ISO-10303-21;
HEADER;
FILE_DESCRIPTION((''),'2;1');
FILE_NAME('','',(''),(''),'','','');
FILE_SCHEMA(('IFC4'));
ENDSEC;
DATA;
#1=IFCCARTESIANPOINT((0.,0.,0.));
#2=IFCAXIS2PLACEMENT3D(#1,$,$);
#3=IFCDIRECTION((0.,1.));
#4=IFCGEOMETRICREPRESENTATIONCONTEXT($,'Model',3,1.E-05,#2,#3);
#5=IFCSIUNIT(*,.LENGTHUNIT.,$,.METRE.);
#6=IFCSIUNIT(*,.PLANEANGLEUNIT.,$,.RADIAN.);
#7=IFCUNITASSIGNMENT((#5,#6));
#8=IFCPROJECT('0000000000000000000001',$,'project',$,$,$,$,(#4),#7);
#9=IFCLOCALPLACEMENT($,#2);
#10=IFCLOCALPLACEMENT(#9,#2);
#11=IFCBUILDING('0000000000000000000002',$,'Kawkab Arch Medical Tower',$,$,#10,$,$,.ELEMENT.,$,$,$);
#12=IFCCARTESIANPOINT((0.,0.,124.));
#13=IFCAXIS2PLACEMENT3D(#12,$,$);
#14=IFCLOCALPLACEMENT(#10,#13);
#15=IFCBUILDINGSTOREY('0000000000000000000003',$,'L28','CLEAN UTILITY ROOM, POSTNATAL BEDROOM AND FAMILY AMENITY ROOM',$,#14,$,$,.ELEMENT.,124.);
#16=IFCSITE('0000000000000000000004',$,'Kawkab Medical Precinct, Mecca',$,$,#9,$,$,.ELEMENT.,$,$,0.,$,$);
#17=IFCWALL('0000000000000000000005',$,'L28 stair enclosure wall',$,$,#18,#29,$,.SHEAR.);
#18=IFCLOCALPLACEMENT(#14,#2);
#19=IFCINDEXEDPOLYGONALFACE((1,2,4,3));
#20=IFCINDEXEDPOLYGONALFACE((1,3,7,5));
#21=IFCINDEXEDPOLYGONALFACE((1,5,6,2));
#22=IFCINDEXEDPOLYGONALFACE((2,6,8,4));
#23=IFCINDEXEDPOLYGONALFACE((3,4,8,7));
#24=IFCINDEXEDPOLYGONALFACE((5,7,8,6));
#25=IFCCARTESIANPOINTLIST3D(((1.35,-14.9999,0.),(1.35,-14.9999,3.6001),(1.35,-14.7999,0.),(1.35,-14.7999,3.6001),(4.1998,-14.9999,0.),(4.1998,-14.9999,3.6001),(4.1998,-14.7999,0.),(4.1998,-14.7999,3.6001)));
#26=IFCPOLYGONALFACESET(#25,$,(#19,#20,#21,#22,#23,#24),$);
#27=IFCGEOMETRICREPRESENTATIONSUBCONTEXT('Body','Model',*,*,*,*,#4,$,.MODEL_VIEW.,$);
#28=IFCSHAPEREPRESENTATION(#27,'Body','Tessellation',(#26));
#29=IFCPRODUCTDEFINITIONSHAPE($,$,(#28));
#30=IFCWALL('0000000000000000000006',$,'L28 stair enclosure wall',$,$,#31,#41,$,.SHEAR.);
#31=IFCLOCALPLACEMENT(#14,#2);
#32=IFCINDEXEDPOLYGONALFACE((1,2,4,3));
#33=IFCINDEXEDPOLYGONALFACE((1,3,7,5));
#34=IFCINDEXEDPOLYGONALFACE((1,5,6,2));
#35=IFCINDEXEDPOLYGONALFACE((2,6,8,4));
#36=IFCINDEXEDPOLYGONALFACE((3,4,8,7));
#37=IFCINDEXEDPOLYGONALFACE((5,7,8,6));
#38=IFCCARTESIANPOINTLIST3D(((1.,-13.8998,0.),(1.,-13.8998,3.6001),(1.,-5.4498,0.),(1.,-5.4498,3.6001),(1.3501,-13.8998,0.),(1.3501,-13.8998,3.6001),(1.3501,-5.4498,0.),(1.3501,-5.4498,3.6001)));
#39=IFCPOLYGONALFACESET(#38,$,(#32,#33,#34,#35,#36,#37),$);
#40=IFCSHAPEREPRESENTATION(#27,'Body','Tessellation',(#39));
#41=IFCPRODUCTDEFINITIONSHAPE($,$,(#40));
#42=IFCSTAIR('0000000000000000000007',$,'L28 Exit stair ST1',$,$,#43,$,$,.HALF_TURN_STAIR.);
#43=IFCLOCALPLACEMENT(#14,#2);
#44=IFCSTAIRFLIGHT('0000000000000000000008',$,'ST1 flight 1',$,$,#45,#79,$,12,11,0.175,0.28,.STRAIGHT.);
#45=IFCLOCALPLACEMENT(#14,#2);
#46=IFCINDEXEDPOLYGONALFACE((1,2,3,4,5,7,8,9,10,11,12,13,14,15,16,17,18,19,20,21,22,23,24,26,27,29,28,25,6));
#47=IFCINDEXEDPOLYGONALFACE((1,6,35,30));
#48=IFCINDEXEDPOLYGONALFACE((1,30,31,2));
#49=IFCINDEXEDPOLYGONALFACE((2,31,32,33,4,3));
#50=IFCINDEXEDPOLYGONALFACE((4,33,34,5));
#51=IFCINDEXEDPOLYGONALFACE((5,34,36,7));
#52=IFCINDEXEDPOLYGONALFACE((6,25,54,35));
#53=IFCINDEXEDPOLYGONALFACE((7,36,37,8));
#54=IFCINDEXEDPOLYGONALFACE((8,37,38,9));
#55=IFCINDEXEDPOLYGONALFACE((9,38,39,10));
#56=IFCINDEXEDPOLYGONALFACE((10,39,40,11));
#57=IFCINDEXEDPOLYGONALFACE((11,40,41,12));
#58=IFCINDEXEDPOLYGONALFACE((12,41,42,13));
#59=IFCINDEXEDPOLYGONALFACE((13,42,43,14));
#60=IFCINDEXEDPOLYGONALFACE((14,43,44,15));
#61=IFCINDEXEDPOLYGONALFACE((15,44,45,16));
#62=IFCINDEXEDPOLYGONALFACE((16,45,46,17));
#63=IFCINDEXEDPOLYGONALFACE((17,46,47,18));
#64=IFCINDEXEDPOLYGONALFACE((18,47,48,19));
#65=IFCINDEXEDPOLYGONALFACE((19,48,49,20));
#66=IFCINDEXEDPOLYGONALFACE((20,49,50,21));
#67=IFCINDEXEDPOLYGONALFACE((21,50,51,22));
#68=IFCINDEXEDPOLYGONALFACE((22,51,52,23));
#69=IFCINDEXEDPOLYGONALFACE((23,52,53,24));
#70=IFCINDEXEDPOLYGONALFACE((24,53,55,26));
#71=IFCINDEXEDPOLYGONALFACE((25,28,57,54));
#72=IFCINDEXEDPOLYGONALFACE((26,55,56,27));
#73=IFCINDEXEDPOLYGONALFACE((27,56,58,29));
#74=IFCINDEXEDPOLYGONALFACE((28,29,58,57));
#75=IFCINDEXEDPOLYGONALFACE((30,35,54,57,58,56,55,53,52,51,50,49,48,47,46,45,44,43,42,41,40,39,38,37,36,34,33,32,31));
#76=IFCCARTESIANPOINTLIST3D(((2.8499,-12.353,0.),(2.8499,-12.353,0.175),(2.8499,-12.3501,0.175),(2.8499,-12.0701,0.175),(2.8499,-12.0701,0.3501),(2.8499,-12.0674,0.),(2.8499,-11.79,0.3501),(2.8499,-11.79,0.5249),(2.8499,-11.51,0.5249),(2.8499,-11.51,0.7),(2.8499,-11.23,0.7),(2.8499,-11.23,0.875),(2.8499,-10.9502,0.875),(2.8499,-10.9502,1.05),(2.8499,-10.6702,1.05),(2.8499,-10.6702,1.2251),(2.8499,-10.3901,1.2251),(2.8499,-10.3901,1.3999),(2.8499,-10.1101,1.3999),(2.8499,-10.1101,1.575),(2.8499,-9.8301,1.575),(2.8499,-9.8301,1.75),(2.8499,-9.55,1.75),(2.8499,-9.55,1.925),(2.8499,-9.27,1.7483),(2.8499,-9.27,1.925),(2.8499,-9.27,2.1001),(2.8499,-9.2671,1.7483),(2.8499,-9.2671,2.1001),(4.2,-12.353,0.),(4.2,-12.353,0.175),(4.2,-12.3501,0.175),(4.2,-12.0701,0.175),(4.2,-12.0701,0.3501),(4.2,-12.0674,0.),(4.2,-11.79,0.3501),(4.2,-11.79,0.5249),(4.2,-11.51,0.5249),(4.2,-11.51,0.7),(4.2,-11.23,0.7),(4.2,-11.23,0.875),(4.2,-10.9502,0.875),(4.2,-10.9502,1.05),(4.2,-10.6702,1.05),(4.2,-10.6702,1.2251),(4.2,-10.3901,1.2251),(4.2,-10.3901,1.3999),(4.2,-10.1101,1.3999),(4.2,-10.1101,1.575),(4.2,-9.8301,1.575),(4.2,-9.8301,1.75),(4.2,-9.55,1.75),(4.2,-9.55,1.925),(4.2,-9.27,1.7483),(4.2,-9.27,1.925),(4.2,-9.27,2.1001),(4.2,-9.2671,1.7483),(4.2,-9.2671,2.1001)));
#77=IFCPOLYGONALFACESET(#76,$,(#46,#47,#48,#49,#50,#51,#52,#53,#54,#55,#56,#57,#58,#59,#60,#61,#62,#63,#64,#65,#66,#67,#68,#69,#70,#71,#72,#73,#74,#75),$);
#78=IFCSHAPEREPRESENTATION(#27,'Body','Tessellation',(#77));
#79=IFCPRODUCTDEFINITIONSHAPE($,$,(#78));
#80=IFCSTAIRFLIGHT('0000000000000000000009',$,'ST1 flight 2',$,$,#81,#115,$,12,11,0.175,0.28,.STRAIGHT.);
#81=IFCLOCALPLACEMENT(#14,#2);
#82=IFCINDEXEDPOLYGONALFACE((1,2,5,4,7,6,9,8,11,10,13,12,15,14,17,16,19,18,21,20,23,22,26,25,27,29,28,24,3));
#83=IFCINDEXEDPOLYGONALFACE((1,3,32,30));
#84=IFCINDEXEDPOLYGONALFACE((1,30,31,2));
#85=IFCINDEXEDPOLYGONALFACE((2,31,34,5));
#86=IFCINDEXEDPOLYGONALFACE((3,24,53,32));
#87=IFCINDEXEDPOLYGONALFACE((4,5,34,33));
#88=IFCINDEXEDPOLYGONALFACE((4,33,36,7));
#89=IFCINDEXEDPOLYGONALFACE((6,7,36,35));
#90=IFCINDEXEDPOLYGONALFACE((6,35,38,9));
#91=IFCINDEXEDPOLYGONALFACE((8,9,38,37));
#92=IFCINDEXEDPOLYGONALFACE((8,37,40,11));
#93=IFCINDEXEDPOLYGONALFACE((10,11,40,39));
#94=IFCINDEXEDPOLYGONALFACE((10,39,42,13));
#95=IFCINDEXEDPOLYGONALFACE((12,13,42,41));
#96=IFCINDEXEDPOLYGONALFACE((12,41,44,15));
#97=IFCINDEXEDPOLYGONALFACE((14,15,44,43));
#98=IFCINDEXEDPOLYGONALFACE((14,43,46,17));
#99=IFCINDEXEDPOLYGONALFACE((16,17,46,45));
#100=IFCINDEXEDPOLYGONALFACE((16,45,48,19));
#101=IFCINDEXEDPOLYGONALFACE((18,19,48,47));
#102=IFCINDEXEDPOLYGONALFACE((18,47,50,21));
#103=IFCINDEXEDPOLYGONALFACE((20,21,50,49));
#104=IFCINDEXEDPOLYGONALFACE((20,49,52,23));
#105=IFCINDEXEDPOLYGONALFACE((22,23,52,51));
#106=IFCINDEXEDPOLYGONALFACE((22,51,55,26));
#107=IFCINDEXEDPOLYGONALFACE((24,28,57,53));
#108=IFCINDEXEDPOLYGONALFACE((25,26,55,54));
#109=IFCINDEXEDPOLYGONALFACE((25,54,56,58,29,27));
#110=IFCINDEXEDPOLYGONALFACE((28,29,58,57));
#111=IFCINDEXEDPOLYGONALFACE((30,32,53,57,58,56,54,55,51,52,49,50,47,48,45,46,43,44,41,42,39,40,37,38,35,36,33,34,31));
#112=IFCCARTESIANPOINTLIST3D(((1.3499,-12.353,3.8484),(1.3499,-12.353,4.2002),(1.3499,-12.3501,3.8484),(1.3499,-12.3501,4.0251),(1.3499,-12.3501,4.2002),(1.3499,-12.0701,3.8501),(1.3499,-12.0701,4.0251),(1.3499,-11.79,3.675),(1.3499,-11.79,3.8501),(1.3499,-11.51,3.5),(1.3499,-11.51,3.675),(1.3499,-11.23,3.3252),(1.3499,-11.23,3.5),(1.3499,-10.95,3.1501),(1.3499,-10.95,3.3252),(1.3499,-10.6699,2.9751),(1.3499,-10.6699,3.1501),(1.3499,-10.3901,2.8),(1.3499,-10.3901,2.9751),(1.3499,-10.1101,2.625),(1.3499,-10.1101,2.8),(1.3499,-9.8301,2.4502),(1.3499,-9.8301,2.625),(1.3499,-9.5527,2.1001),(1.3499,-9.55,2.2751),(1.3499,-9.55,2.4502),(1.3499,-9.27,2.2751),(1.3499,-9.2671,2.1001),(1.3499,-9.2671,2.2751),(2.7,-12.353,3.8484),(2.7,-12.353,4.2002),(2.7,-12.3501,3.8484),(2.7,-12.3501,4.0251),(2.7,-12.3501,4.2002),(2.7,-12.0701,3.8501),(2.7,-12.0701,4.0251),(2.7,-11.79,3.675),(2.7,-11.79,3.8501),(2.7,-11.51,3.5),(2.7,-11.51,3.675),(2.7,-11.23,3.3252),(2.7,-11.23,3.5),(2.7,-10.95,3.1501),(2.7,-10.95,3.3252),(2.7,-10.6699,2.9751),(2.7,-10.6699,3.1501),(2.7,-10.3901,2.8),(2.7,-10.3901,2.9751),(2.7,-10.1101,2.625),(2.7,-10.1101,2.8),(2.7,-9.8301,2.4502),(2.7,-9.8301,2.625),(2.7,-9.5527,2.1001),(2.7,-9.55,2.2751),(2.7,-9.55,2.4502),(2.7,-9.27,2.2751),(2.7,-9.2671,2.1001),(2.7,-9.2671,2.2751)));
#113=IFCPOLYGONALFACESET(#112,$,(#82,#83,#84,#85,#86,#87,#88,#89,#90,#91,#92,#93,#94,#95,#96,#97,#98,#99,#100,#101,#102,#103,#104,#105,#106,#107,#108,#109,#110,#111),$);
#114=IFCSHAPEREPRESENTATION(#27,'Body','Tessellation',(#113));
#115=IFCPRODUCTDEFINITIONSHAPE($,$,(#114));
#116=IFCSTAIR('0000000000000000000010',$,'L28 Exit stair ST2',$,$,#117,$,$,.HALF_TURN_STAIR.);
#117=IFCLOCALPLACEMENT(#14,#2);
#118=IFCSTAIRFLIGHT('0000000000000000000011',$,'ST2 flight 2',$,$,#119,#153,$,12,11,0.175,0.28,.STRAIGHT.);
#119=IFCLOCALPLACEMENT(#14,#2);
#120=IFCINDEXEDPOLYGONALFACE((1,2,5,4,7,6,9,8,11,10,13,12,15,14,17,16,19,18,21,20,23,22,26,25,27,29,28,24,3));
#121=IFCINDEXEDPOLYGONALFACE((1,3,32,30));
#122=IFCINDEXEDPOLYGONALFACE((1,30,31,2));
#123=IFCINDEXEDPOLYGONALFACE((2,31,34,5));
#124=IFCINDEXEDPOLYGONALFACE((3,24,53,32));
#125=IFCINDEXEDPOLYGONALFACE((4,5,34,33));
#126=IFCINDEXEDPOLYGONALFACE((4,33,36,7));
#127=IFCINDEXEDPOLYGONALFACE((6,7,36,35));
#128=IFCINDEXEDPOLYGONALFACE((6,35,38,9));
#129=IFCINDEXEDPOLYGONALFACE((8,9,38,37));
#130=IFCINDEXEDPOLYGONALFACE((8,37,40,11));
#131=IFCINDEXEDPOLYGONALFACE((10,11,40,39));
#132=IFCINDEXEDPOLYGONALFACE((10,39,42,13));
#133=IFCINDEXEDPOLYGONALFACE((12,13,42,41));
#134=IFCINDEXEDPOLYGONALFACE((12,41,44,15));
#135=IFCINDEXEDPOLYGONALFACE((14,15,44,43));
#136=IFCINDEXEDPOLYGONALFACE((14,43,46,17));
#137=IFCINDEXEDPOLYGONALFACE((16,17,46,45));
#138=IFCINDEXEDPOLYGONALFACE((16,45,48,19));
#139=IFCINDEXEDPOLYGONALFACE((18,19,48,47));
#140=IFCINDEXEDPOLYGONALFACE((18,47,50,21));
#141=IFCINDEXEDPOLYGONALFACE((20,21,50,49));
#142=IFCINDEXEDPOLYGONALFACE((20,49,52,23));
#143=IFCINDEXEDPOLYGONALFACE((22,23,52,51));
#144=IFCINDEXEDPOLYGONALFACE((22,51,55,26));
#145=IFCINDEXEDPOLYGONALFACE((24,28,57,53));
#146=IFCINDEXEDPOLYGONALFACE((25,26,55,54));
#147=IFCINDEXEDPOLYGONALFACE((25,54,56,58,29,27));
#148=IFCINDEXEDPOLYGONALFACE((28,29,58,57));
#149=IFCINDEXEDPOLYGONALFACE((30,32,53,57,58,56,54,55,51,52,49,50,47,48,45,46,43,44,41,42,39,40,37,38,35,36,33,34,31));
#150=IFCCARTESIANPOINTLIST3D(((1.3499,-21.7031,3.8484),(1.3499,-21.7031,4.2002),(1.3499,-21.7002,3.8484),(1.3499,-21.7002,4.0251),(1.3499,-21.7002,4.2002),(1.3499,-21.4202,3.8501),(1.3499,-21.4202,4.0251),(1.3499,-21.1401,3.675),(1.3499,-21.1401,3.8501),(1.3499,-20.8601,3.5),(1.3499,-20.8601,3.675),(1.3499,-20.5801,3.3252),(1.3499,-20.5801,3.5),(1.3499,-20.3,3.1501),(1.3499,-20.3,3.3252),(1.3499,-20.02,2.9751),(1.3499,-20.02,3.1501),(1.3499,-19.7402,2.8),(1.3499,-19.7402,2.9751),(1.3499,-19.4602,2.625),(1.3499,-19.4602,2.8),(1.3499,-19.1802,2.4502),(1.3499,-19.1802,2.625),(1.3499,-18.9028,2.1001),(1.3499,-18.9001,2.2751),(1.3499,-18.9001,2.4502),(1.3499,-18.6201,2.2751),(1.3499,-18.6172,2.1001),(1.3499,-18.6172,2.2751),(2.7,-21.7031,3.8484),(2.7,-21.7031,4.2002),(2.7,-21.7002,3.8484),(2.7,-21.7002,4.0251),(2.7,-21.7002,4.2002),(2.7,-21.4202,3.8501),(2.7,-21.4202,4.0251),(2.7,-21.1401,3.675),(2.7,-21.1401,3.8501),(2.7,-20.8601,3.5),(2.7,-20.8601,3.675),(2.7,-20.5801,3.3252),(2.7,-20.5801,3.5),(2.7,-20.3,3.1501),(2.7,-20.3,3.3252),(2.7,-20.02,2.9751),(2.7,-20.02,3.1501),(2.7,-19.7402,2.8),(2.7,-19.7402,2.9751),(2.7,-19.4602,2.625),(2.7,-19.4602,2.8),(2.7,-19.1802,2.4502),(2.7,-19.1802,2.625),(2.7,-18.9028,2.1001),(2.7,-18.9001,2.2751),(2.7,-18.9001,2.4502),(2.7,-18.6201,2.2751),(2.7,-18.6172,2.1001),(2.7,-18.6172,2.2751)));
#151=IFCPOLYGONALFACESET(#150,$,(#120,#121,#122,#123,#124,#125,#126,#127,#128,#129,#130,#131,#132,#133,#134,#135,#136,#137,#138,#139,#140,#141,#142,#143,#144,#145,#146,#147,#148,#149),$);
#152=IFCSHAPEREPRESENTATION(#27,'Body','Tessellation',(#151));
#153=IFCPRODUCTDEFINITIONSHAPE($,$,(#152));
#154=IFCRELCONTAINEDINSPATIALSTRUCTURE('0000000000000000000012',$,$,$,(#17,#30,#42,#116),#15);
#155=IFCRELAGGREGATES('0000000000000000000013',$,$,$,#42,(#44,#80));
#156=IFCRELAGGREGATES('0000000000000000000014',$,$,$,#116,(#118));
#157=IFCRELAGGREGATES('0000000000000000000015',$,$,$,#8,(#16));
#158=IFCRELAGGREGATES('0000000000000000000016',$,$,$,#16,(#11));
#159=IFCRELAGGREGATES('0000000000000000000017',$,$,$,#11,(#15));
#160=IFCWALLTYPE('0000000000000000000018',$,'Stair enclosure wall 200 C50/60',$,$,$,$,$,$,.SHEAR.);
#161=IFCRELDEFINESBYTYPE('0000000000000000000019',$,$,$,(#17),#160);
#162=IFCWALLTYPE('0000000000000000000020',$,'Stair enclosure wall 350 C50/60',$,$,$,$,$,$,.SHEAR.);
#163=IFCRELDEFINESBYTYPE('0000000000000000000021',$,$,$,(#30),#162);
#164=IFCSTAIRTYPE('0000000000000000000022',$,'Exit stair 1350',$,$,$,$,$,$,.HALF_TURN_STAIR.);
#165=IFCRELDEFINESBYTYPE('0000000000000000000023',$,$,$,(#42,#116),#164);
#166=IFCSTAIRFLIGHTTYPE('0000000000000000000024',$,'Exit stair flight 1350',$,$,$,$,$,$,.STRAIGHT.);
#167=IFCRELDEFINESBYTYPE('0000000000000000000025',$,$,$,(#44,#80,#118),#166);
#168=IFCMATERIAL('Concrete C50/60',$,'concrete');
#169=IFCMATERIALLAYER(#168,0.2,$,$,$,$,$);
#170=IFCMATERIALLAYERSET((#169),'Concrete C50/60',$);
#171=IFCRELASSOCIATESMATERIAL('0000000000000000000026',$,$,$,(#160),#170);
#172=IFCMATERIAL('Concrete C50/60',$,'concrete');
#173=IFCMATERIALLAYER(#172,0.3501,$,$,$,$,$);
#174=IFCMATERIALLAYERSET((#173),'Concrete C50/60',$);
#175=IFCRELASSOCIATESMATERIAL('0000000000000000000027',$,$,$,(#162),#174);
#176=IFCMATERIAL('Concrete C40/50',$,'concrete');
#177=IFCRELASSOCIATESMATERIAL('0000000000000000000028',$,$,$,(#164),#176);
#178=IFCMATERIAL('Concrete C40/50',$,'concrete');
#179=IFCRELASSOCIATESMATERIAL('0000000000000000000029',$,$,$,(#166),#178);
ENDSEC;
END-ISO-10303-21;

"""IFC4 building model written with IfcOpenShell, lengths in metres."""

from ifc_helpers import new_model, si_unit, direction, frame, frame_2d, origin, place, context, subcontext, project, spatial, polyline, rectangle, outline, extrude, material, layer, layer_set, type_object, element, aggregate, save


model = new_model("IFC4")

# Units and contexts
model_context = context("Model", 3, precision=1e-05, world=origin(), true_north=direction((0.0, 1.0)))
body_context = subcontext(model_context, "Body", "Model", "MODEL_VIEW")
ifc_project = project(units=[si_unit("LENGTHUNIT", "METRE"), si_unit("PLANEANGLEUNIT", "RADIAN")], contexts=[model_context])

# Site, building, storey
site_placement = place(None, origin())
site = spatial("IfcSite", under=ifc_project, at=site_placement, Name="Kawkab Medical Precinct, Mecca", CompositionType="ELEMENT", RefElevation=0.0)
building_placement = place(site_placement, origin())
building = spatial("IfcBuilding", under=site, at=building_placement, Name="Kawkab Arch Medical Tower", CompositionType="ELEMENT")
storey_placement = place(building_placement, frame((0.0, 0.0, 124.0)))
storey = spatial("IfcBuildingStorey", under=building, at=storey_placement, Name="L28", Description="CLEAN UTILITY ROOM, POSTNATAL BEDROOM AND FAMILY AMENITY ROOM", CompositionType="ELEMENT", Elevation=124.0)

# Shared definitions
placement = place(storey_placement, origin())

# Walls
ifc_material_1 = material(Name="Concrete C50/60", Category="concrete")
ifc_layer_1 = layer(ifc_material_1, 0.2)
ifc_layer_set_1 = layer_set([ifc_layer_1], Name="Concrete C50/60")
wall_type_1 = type_object("IfcWallType", Name="Stair enclosure wall 200 C50/60", PredefinedType="SHEAR", material=ifc_layer_set_1)
for number, where, z_axis, x_axis, name in (
    (1, (1.3501, -14.8999, 0.0), (0.0, 0.0, 1.0), (1.0, 0.0, 0.0), "L28 stair enclosure wall"),
):
    element("IfcWall", number, at=place(storey_placement, frame(where, z_axis=z_axis, x_axis=x_axis)), inside=storey, type_object=wall_type_1, Name=name, PredefinedType="SHEAR", context=body_context, shape_type="SweptSolid", body=[
        extrude(rectangle(XDim=2.8499, YDim=0.2, at=frame_2d((1.4248, 0.0))), origin(), (0.0, 0.0, 1.0), 3.6001),
    ])
ifc_material_2 = material(Name="Concrete C50/60", Category="concrete")
ifc_layer_2 = layer(ifc_material_2, 0.3501)
ifc_layer_set_2 = layer_set([ifc_layer_2], Name="Concrete C50/60")
wall_type_2 = type_object("IfcWallType", Name="Stair enclosure wall 350 C50/60", PredefinedType="SHEAR", material=ifc_layer_set_2)
wall_1_placement = place(storey_placement, frame((1.175, -13.8999, 0.0), z_axis=(0.0, 0.0, 1.0), x_axis=(0.0, 1.0, 0.0)))
element("IfcWall", 2, at=wall_1_placement, inside=storey, type_object=wall_type_2, Name="L28 stair enclosure wall", PredefinedType="SHEAR", context=body_context, shape_type="SweptSolid", body=[
    extrude(rectangle(XDim=8.45, YDim=0.3501, at=frame_2d((4.2251, 0.0))), origin(), (0.0, 0.0, 1.0), 3.6001),
])

# Stair, stair flights
ifc_material_3 = material(Name="Concrete C40/50", Category="concrete")
stair_type = type_object("IfcStairType", Name="Exit stair 1350", PredefinedType="HALF_TURN_STAIR", material=ifc_material_3)
stair_1 = element("IfcStair", 3, at=placement, inside=storey, type_object=stair_type, Name="L28 Exit stair ST1", PredefinedType="HALF_TURN_STAIR")
ifc_material_4 = material(Name="Concrete C40/50", Category="concrete")
stair_flight_type = type_object("IfcStairFlightType", Name="Exit stair flight 1350", PredefinedType="STRAIGHT", material=ifc_material_4)
stair_flight_1_placement = place(storey_placement, frame((3.5249, -12.3501, 0.0), z_axis=(0.0, 0.0, 1.0), x_axis=(0.0, 1.0, 0.0)))
stair_flight_1 = element("IfcStairFlight", 4, at=stair_flight_1_placement, type_object=stair_flight_type, Name="ST1 flight 1", NumberOfRisers=12, NumberOfTreads=11, PredefinedType="STRAIGHT", RiserHeight=0.175, TreadLength=0.28, context=body_context, shape_type="SweptSolid", body=[
    extrude(outline(polyline([(-0.0029, 0.0), (-0.0029, 0.175), (0.0, 0.175), (0.28, 0.175), (0.28, 0.3501), (0.5601, 0.3501), (0.5601, 0.5249), (0.8401, 0.5249), (0.8401, 0.7), (1.1201, 0.7), (1.1201, 0.875), (1.3999, 0.875), (1.3999, 1.05), (1.6799, 1.05), (1.6799, 1.2251), (1.96, 1.2251), (1.96, 1.3999), (2.24, 1.3999), (2.24, 1.575), (2.52, 1.575), (2.52, 1.75), (2.8, 1.75), (2.8, 1.925), (3.0801, 1.925), (3.0801, 2.1001), (3.083, 2.1001), (3.083, 1.7483), (3.0801, 1.7483), (0.2827, 0.0), (-0.0029, 0.0)])), frame((0.0, 0.675, 0.0), z_axis=(0.0, -1.0, 0.0), x_axis=(1.0, 0.0, 0.0)), (0.0, 0.0, 1.0), 1.3501),
])
stair_flight_2_placement = place(storey_placement, frame((2.0249, -9.27, 2.1001), z_axis=(0.0, 0.0, 1.0), x_axis=(0.0, -1.0, 0.0)))
stair_flight_2 = element("IfcStairFlight", 5, at=stair_flight_2_placement, type_object=stair_flight_type, Name="ST1 flight 2", NumberOfRisers=12, NumberOfTreads=11, PredefinedType="STRAIGHT", RiserHeight=0.175, TreadLength=0.28, context=body_context, shape_type="SweptSolid", body=[
    extrude(outline(polyline([(-0.0029, 0.0), (-0.0029, 0.175), (0.0, 0.175), (0.28, 0.175), (0.28, 0.3501), (0.5601, 0.3501), (0.5601, 0.5249), (0.8401, 0.5249), (0.8401, 0.7), (1.1201, 0.7), (1.1201, 0.875), (1.3999, 0.875), (1.3999, 1.05), (1.6799, 1.05), (1.6799, 1.2251), (1.96, 1.2251), (1.96, 1.3999), (2.24, 1.3999), (2.24, 1.575), (2.52, 1.575), (2.52, 1.75), (2.8, 1.75), (2.8, 1.925), (3.0801, 1.925), (3.0801, 2.1001), (3.083, 2.1001), (3.083, 1.7483), (3.0801, 1.7483), (0.2827, 0.0), (-0.0029, 0.0)])), frame((0.0, 0.675, 0.0), z_axis=(0.0, -1.0, 0.0), x_axis=(1.0, 0.0, 0.0)), (0.0, 0.0, 1.0), 1.3501),
])
aggregate(stair_1, [stair_flight_1, stair_flight_2])

# Stair, stair flight
stair_2 = element("IfcStair", 6, at=placement, inside=storey, type_object=stair_type, Name="L28 Exit stair ST2", PredefinedType="HALF_TURN_STAIR")
stair_flight_3_placement = place(storey_placement, frame((2.0249, -18.6201, 2.1001), z_axis=(0.0, 0.0, 1.0), x_axis=(0.0, -1.0, 0.0)))
stair_flight_3 = element("IfcStairFlight", 7, at=stair_flight_3_placement, type_object=stair_flight_type, Name="ST2 flight 2", NumberOfRisers=12, NumberOfTreads=11, PredefinedType="STRAIGHT", RiserHeight=0.175, TreadLength=0.28, context=body_context, shape_type="SweptSolid", body=[
    extrude(outline(polyline([(-0.0029, 0.0), (-0.0029, 0.175), (0.0, 0.175), (0.28, 0.175), (0.28, 0.3501), (0.5601, 0.3501), (0.5601, 0.5249), (0.8401, 0.5249), (0.8401, 0.7), (1.1201, 0.7), (1.1201, 0.875), (1.3999, 0.875), (1.3999, 1.05), (1.6799, 1.05), (1.6799, 1.2251), (1.96, 1.2251), (1.96, 1.3999), (2.24, 1.3999), (2.24, 1.575), (2.52, 1.575), (2.52, 1.75), (2.8, 1.75), (2.8, 1.925), (3.0801, 1.925), (3.0801, 2.1001), (3.083, 2.1001), (3.083, 1.7483), (3.0801, 1.7483), (0.2827, 0.0), (-0.0029, 0.0)])), frame((0.0, 0.675, 0.0), z_axis=(0.0, -1.0, 0.0), x_axis=(1.0, 0.0, 0.0)), (0.0, 0.0, 1.0), 1.3501),
])
aggregate(stair_2, [stair_flight_3])

save(model, "model.ifc")
